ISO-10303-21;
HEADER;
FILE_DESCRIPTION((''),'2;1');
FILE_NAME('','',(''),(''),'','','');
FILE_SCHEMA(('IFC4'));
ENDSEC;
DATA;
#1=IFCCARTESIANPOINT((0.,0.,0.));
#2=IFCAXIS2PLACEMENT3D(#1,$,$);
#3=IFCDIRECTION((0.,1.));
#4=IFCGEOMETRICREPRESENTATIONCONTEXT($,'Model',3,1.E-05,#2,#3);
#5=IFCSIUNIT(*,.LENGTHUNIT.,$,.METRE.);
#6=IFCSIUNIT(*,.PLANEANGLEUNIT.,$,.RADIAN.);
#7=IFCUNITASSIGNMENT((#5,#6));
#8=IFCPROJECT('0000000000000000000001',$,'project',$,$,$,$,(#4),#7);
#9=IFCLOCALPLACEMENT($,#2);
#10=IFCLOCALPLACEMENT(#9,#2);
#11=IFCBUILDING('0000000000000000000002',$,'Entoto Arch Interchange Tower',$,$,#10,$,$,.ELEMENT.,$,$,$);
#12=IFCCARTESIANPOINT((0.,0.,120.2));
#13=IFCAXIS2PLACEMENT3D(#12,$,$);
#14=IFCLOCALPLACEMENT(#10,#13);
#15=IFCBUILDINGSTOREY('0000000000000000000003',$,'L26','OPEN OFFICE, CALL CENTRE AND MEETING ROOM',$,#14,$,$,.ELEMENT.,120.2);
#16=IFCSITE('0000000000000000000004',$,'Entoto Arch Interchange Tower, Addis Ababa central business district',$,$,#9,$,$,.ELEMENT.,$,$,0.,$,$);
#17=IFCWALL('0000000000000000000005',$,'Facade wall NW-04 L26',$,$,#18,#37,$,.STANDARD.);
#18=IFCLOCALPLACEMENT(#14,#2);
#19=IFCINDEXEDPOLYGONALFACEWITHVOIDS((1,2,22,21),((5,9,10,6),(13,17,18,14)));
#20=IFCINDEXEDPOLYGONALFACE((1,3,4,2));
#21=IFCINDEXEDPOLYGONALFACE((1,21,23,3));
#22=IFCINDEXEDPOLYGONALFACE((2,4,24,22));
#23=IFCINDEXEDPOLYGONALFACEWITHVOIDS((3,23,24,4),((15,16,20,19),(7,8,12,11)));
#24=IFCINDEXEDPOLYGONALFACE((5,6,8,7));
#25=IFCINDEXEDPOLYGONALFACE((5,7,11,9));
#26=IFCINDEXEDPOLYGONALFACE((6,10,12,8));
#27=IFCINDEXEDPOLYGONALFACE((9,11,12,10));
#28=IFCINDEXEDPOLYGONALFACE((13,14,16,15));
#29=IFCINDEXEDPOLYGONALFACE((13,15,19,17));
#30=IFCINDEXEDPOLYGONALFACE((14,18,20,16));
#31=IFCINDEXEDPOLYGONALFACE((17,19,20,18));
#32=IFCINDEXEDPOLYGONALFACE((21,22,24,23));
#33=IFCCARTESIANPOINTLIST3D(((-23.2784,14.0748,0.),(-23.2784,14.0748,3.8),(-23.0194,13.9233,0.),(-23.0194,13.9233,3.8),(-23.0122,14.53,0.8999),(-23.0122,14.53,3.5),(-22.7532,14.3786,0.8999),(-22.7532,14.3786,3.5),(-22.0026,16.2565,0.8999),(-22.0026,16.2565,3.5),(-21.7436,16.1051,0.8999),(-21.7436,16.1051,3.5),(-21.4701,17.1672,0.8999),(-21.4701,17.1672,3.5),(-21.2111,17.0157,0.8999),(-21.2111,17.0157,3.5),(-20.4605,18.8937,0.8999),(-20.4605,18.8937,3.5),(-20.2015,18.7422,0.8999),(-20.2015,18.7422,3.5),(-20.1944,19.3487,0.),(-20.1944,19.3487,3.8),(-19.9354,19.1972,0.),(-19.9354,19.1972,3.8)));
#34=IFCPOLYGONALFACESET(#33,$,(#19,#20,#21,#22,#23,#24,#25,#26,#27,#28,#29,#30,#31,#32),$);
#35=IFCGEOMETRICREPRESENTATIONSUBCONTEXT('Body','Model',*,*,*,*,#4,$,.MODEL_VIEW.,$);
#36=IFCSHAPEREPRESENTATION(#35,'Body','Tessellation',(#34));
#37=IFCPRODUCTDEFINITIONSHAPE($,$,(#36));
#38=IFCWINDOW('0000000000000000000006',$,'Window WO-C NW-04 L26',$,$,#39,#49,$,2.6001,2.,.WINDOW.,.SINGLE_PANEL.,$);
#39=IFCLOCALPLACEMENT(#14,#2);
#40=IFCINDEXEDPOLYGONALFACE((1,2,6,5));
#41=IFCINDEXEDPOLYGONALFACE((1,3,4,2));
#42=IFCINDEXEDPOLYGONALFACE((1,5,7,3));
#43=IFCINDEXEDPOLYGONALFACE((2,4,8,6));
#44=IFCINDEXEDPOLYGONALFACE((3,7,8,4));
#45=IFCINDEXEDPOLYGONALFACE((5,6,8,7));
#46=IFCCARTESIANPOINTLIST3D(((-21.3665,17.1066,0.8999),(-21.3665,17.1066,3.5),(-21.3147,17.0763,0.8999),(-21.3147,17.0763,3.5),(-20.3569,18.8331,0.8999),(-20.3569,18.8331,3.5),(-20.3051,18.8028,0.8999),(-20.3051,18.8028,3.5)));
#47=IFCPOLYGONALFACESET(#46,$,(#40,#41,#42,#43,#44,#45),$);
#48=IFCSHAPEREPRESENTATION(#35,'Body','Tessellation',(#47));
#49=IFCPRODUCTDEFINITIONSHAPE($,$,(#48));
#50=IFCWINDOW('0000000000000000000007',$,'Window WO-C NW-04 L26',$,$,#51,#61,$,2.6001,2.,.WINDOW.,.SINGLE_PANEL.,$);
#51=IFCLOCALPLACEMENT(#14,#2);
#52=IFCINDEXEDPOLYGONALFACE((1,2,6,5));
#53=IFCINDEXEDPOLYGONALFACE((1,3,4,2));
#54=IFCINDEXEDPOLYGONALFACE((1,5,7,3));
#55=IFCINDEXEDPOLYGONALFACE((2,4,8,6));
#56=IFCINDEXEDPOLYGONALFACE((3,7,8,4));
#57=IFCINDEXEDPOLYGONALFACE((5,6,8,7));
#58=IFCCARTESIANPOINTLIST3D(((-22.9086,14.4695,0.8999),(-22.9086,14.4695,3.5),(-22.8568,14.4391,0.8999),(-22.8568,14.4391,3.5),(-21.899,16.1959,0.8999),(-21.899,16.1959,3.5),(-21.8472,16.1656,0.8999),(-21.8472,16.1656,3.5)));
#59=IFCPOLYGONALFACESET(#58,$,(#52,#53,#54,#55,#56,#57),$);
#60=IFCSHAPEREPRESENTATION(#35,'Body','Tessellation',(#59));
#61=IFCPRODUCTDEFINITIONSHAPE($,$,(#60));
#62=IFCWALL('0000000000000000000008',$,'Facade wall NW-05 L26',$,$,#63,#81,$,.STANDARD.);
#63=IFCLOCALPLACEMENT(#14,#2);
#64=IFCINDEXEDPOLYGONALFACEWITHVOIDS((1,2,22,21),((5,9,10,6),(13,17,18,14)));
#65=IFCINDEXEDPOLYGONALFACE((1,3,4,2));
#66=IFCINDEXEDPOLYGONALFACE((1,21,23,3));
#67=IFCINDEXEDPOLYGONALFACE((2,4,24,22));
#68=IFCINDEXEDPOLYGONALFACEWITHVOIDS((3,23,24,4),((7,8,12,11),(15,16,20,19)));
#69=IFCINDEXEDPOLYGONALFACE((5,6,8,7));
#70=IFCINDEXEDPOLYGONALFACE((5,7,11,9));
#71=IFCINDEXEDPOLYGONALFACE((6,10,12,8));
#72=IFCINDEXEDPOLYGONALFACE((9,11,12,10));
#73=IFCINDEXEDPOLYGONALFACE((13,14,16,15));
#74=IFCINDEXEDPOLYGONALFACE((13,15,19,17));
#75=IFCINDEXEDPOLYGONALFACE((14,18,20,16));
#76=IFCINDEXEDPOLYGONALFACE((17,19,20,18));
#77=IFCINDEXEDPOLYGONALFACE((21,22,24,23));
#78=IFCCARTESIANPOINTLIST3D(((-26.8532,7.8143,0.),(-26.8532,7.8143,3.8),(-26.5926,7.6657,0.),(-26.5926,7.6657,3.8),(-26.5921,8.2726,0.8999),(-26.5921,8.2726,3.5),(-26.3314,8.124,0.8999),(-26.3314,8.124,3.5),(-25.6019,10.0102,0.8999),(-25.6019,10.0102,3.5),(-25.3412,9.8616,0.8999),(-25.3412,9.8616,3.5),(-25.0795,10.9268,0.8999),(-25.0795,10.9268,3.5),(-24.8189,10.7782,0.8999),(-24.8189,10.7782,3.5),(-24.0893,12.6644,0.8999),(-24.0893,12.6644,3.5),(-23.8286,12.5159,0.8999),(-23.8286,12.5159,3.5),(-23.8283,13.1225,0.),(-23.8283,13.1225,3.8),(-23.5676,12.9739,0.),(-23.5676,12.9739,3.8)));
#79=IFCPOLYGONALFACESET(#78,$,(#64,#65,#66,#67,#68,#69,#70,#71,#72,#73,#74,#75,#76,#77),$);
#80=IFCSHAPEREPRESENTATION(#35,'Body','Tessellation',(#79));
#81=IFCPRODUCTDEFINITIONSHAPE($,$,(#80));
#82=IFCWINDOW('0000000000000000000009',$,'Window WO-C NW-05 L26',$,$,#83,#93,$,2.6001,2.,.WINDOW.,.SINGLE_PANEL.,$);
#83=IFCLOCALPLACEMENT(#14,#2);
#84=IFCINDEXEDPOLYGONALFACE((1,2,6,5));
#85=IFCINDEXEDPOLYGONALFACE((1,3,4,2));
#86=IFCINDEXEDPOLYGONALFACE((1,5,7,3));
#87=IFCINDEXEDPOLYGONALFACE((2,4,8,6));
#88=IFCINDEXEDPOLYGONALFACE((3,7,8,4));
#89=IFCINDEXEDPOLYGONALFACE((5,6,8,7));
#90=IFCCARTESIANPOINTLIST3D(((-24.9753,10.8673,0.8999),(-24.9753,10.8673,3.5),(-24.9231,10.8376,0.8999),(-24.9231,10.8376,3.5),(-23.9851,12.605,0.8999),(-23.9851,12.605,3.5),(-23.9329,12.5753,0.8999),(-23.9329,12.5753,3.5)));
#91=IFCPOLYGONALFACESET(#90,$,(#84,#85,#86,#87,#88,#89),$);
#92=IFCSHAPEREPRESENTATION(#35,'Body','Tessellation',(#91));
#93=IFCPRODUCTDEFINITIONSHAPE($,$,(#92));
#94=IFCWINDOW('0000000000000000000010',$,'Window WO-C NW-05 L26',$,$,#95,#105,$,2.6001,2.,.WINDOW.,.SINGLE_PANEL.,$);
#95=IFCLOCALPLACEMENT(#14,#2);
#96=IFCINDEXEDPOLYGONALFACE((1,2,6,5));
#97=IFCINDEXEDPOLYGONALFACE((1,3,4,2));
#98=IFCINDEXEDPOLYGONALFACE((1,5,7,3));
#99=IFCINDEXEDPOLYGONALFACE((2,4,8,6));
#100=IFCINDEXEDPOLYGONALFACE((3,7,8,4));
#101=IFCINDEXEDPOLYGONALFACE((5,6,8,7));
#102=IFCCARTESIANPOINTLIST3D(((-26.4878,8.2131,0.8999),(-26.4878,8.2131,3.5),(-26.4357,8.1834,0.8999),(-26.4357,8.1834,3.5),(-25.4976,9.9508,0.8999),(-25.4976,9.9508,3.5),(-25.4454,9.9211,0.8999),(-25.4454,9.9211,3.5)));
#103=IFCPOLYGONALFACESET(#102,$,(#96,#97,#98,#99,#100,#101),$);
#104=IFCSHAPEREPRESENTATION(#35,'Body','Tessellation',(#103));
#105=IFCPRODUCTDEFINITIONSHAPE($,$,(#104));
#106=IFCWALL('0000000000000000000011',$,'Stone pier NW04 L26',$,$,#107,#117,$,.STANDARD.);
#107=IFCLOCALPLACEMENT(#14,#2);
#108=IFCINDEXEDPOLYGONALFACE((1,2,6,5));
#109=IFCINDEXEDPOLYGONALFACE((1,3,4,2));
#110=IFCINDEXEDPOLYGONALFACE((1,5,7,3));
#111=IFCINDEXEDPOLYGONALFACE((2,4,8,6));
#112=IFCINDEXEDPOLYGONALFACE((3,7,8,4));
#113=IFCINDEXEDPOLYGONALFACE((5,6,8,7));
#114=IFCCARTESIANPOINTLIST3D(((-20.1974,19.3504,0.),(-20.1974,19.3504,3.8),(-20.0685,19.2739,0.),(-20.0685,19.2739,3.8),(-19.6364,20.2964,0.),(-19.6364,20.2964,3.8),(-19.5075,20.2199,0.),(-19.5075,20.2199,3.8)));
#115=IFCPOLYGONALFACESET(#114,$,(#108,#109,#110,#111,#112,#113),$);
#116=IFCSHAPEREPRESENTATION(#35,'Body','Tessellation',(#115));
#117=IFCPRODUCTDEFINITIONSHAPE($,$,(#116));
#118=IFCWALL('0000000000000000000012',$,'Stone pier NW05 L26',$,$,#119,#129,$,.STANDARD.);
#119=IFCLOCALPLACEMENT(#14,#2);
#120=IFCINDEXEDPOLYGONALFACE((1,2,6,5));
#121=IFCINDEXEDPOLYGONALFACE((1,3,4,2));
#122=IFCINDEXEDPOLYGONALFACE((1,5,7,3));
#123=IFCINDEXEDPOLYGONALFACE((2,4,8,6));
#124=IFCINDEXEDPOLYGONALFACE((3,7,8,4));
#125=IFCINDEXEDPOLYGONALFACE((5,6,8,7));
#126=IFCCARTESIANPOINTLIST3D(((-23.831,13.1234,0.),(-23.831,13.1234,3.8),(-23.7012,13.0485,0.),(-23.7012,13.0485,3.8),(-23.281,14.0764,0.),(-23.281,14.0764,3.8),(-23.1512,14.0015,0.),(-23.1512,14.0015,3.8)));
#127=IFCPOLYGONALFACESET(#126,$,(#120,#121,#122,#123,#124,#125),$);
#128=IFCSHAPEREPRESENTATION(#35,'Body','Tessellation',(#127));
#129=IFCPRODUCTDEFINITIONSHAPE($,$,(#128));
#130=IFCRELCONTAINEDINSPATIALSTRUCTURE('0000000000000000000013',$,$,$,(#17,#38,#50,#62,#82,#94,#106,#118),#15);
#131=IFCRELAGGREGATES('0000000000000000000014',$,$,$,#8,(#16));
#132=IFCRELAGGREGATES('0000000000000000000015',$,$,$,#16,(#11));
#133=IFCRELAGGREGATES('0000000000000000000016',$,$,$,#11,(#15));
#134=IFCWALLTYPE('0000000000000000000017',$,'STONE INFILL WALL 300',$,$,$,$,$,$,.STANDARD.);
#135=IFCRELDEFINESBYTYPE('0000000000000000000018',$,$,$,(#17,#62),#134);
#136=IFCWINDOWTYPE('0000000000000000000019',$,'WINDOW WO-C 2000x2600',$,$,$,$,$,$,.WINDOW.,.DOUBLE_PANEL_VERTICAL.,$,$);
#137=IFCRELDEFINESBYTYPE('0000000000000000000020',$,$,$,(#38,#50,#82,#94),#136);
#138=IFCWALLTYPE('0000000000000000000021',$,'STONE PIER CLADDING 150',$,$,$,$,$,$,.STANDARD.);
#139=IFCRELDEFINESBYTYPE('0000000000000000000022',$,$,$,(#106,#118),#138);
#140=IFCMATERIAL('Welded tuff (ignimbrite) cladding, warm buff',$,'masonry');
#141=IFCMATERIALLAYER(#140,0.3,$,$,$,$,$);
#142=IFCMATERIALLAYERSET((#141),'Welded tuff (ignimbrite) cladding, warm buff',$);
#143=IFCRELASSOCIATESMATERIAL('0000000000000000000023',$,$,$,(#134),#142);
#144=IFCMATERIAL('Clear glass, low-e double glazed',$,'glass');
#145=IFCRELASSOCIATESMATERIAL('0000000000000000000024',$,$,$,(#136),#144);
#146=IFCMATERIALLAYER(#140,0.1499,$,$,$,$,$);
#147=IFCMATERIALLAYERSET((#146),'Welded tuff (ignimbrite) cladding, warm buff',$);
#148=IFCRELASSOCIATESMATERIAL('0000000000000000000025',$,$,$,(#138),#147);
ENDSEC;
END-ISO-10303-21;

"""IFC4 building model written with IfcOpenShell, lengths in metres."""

from ifc_helpers import new_model, si_unit, direction, frame, frame_2d, origin, place, context, subcontext, project, spatial, rectangle, extrude, material, layer, layer_set, type_object, element, fill, save


model = new_model("IFC4")

# Units and contexts
model_context = context("Model", 3, precision=1e-05, world=origin(), true_north=direction((0.0, 1.0)))
body_context = subcontext(model_context, "Body", "Model", "MODEL_VIEW")
ifc_project = project(units=[si_unit("LENGTHUNIT", "METRE"), si_unit("PLANEANGLEUNIT", "RADIAN")], contexts=[model_context])

# Site, building, storey
site_placement = place(None, origin())
site = spatial("IfcSite", under=ifc_project, at=site_placement, Name="Entoto Arch Interchange Tower, Addis Ababa central business district", CompositionType="ELEMENT", RefElevation=0.0)
building_placement = place(site_placement, origin())
building = spatial("IfcBuilding", under=site, at=building_placement, Name="Entoto Arch Interchange Tower", CompositionType="ELEMENT")
storey_placement = place(building_placement, frame((0.0, 0.0, 120.2)))
storey = spatial("IfcBuildingStorey", under=building, at=storey_placement, Name="L26", Description="OPEN OFFICE, CALL CENTRE AND MEETING ROOM", CompositionType="ELEMENT", Elevation=120.2)

# Walls, openings, windows
ifc_material_1 = material(Name="Welded tuff (ignimbrite) cladding, warm buff", Category="masonry")
ifc_layer_1 = layer(ifc_material_1, 0.3)
ifc_layer_set_1 = layer_set([ifc_layer_1], Name="Welded tuff (ignimbrite) cladding, warm buff")
wall_type_1 = type_object("IfcWallType", Name="STONE INFILL WALL 300", PredefinedType="STANDARD", material=ifc_layer_set_1)
wall_1_placement = place(storey_placement, frame((-20.0649, 19.2729, 0.0), z_axis=(0.0, 0.0, 1.0), x_axis=(-0.50479, -0.863242, 0.0)))
wall_1 = element("IfcWall", 1, at=wall_1_placement, inside=storey, type_object=wall_type_1, Name="Facade wall NW-04 L26", PredefinedType="STANDARD", context=body_context, shape_type="SweptSolid", body=[
    extrude(rectangle(XDim=6.1094, YDim=0.3, at=frame_2d((3.0547, 0.0))), origin(), (0.0, 0.0, 1.0), 3.8),
])
opening_1_placement = place(wall_1_placement, frame((0.5271, 0.0, 0.8999)))
opening_1 = element("IfcOpeningElement", 2, at=opening_1_placement, cuts=wall_1, PredefinedType="OPENING", context=body_context, shape_type="SweptSolid", body=[
    extrude(rectangle(XDim=2.0, YDim=2.6001, at=frame_2d((1.0, 1.3))), frame((0.0, 0.1602, 0.0), z_axis=(0.0, -1.0, 0.0), x_axis=(1.0, 0.0, 0.0)), (0.0, 0.0, 1.0), 0.3201),
])
opening_2_placement = place(wall_1_placement, frame((3.582, 0.0, 0.8999)))
opening_2 = element("IfcOpeningElement", 3, at=opening_2_placement, cuts=wall_1, PredefinedType="OPENING", context=body_context, shape_type="SweptSolid", body=[
    extrude(rectangle(XDim=2.0, YDim=2.6001, at=frame_2d((1.0, 1.3))), frame((0.0, 0.1602, 0.0), z_axis=(0.0, -1.0, 0.0), x_axis=(1.0, 0.0, 0.0)), (0.0, 0.0, 1.0), 0.3201),
])
ifc_material_2 = material(Name="Clear glass, low-e double glazed", Category="glass")
window_type = type_object("IfcWindowType", Name="WINDOW WO-C 2000x2600", PartitioningType="DOUBLE_PANEL_VERTICAL", PredefinedType="WINDOW", material=ifc_material_2)
window_1_placement = place(opening_1_placement, origin())
window_1 = element("IfcWindow", 4, at=window_1_placement, inside=storey, type_object=window_type, Name="Window WO-C NW-04 L26", OverallHeight=2.6001, OverallWidth=2.0, PartitioningType="SINGLE_PANEL", PredefinedType="WINDOW", context=body_context, shape_type="SweptSolid", body=[
    extrude(rectangle(XDim=2.0, YDim=2.6001, at=frame_2d((1.0, 1.3))), frame((0.0, 0.03, 0.0), z_axis=(0.0, -1.0, 0.0), x_axis=(1.0, 0.0, 0.0)), (0.0, 0.0, 1.0), 0.0601),
])
fill(opening_1, window_1)
window_2_placement = place(opening_2_placement, origin())
window_2 = element("IfcWindow", 5, at=window_2_placement, inside=storey, type_object=window_type, Name="Window WO-C NW-04 L26", OverallHeight=2.6001, OverallWidth=2.0, PartitioningType="SINGLE_PANEL", PredefinedType="WINDOW", context=body_context, shape_type="SweptSolid", body=[
    extrude(rectangle(XDim=2.0, YDim=2.6001, at=frame_2d((1.0, 1.3))), frame((0.0, 0.03, 0.0), z_axis=(0.0, -1.0, 0.0), x_axis=(1.0, 0.0, 0.0)), (0.0, 0.0, 1.0), 0.0601),
])
fill(opening_2, window_2)
wall_2_placement = place(storey_placement, frame((-23.698, 13.0481, 0.0), z_axis=(0.0, 0.0, 1.0), x_axis=(-0.495114, -0.868828, 0.0)))
wall_2 = element("IfcWall", 6, at=wall_2_placement, inside=storey, type_object=wall_type_1, Name="Facade wall NW-05 L26", PredefinedType="STANDARD", context=body_context, shape_type="SweptSolid", body=[
    extrude(rectangle(XDim=6.1096, YDim=0.3, at=frame_2d((3.0547, 0.0))), origin(), (0.0, 0.0, 1.0), 3.8),
])
opening_3_placement = place(wall_2_placement, frame((0.5271, 0.0, 0.8999)))
opening_3 = element("IfcOpeningElement", 7, at=opening_3_placement, cuts=wall_2, PredefinedType="OPENING", context=body_context, shape_type="SweptSolid", body=[
    extrude(rectangle(XDim=2.0, YDim=2.6001, at=frame_2d((1.0, 1.3))), frame((0.0, 0.1602, 0.0), z_axis=(0.0, -1.0, 0.0), x_axis=(1.0, 0.0, 0.0)), (0.0, 0.0, 1.0), 0.3201),
])
opening_4_placement = place(wall_2_placement, frame((3.582, 0.0, 0.8999)))
opening_4 = element("IfcOpeningElement", 8, at=opening_4_placement, cuts=wall_2, PredefinedType="OPENING", context=body_context, shape_type="SweptSolid", body=[
    extrude(rectangle(XDim=2.0, YDim=2.6001, at=frame_2d((1.0, 1.3))), frame((0.0, 0.1602, 0.0), z_axis=(0.0, -1.0, 0.0), x_axis=(1.0, 0.0, 0.0)), (0.0, 0.0, 1.0), 0.3201),
])
window_3_placement = place(opening_3_placement, origin())
window_3 = element("IfcWindow", 9, at=window_3_placement, inside=storey, type_object=window_type, Name="Window WO-C NW-05 L26", OverallHeight=2.6001, OverallWidth=2.0, PartitioningType="SINGLE_PANEL", PredefinedType="WINDOW", context=body_context, shape_type="SweptSolid", body=[
    extrude(rectangle(XDim=2.0, YDim=2.6001, at=frame_2d((1.0, 1.3))), frame((0.0, 0.03, 0.0), z_axis=(0.0, -1.0, 0.0), x_axis=(1.0, 0.0, 0.0)), (0.0, 0.0, 1.0), 0.0601),
])
fill(opening_3, window_3)
window_4_placement = place(opening_4_placement, origin())
window_4 = element("IfcWindow", 10, at=window_4_placement, inside=storey, type_object=window_type, Name="Window WO-C NW-05 L26", OverallHeight=2.6001, OverallWidth=2.0, PartitioningType="SINGLE_PANEL", PredefinedType="WINDOW", context=body_context, shape_type="SweptSolid", body=[
    extrude(rectangle(XDim=2.0, YDim=2.6001, at=frame_2d((1.0, 1.3))), frame((0.0, 0.03, 0.0), z_axis=(0.0, -1.0, 0.0), x_axis=(1.0, 0.0, 0.0)), (0.0, 0.0, 1.0), 0.0601),
])
fill(opening_4, window_4)

# Walls
ifc_layer_2 = layer(ifc_material_1, 0.1499)
ifc_layer_set_2 = layer_set([ifc_layer_2], Name="Welded tuff (ignimbrite) cladding, warm buff")
wall_type_2 = type_object("IfcWallType", Name="STONE PIER CLADDING 150", PredefinedType="STANDARD", material=ifc_layer_set_2)
wall_3_placement = place(storey_placement, frame((-19.572, 20.2581, 0.0), z_axis=(0.0, 0.0, 1.0), x_axis=(-0.510082, -0.860126, 0.0)))
element("IfcWall", 11, at=wall_3_placement, inside=storey, type_object=wall_type_2, Name="Stone pier NW04 L26", PredefinedType="STANDARD", context=body_context, shape_type="SweptSolid", body=[
    extrude(rectangle(XDim=1.0999, YDim=0.1499, at=frame_2d((0.5498, 0.0))), origin(), (0.0, 0.0, 1.0), 3.8),
])
wall_4_placement = place(storey_placement, frame((-23.2161, 14.0391, 0.0), z_axis=(0.0, 0.0, 1.0), x_axis=(-0.499838, -0.866119, 0.0)))
element("IfcWall", 12, at=wall_4_placement, inside=storey, type_object=wall_type_2, Name="Stone pier NW05 L26", PredefinedType="STANDARD", context=body_context, shape_type="SweptSolid", body=[
    extrude(rectangle(XDim=1.1003, YDim=0.1499, at=frame_2d((0.5503, 0.0))), origin(), (0.0, 0.0, 1.0), 3.8),
])

save(model, "model.ifc")
